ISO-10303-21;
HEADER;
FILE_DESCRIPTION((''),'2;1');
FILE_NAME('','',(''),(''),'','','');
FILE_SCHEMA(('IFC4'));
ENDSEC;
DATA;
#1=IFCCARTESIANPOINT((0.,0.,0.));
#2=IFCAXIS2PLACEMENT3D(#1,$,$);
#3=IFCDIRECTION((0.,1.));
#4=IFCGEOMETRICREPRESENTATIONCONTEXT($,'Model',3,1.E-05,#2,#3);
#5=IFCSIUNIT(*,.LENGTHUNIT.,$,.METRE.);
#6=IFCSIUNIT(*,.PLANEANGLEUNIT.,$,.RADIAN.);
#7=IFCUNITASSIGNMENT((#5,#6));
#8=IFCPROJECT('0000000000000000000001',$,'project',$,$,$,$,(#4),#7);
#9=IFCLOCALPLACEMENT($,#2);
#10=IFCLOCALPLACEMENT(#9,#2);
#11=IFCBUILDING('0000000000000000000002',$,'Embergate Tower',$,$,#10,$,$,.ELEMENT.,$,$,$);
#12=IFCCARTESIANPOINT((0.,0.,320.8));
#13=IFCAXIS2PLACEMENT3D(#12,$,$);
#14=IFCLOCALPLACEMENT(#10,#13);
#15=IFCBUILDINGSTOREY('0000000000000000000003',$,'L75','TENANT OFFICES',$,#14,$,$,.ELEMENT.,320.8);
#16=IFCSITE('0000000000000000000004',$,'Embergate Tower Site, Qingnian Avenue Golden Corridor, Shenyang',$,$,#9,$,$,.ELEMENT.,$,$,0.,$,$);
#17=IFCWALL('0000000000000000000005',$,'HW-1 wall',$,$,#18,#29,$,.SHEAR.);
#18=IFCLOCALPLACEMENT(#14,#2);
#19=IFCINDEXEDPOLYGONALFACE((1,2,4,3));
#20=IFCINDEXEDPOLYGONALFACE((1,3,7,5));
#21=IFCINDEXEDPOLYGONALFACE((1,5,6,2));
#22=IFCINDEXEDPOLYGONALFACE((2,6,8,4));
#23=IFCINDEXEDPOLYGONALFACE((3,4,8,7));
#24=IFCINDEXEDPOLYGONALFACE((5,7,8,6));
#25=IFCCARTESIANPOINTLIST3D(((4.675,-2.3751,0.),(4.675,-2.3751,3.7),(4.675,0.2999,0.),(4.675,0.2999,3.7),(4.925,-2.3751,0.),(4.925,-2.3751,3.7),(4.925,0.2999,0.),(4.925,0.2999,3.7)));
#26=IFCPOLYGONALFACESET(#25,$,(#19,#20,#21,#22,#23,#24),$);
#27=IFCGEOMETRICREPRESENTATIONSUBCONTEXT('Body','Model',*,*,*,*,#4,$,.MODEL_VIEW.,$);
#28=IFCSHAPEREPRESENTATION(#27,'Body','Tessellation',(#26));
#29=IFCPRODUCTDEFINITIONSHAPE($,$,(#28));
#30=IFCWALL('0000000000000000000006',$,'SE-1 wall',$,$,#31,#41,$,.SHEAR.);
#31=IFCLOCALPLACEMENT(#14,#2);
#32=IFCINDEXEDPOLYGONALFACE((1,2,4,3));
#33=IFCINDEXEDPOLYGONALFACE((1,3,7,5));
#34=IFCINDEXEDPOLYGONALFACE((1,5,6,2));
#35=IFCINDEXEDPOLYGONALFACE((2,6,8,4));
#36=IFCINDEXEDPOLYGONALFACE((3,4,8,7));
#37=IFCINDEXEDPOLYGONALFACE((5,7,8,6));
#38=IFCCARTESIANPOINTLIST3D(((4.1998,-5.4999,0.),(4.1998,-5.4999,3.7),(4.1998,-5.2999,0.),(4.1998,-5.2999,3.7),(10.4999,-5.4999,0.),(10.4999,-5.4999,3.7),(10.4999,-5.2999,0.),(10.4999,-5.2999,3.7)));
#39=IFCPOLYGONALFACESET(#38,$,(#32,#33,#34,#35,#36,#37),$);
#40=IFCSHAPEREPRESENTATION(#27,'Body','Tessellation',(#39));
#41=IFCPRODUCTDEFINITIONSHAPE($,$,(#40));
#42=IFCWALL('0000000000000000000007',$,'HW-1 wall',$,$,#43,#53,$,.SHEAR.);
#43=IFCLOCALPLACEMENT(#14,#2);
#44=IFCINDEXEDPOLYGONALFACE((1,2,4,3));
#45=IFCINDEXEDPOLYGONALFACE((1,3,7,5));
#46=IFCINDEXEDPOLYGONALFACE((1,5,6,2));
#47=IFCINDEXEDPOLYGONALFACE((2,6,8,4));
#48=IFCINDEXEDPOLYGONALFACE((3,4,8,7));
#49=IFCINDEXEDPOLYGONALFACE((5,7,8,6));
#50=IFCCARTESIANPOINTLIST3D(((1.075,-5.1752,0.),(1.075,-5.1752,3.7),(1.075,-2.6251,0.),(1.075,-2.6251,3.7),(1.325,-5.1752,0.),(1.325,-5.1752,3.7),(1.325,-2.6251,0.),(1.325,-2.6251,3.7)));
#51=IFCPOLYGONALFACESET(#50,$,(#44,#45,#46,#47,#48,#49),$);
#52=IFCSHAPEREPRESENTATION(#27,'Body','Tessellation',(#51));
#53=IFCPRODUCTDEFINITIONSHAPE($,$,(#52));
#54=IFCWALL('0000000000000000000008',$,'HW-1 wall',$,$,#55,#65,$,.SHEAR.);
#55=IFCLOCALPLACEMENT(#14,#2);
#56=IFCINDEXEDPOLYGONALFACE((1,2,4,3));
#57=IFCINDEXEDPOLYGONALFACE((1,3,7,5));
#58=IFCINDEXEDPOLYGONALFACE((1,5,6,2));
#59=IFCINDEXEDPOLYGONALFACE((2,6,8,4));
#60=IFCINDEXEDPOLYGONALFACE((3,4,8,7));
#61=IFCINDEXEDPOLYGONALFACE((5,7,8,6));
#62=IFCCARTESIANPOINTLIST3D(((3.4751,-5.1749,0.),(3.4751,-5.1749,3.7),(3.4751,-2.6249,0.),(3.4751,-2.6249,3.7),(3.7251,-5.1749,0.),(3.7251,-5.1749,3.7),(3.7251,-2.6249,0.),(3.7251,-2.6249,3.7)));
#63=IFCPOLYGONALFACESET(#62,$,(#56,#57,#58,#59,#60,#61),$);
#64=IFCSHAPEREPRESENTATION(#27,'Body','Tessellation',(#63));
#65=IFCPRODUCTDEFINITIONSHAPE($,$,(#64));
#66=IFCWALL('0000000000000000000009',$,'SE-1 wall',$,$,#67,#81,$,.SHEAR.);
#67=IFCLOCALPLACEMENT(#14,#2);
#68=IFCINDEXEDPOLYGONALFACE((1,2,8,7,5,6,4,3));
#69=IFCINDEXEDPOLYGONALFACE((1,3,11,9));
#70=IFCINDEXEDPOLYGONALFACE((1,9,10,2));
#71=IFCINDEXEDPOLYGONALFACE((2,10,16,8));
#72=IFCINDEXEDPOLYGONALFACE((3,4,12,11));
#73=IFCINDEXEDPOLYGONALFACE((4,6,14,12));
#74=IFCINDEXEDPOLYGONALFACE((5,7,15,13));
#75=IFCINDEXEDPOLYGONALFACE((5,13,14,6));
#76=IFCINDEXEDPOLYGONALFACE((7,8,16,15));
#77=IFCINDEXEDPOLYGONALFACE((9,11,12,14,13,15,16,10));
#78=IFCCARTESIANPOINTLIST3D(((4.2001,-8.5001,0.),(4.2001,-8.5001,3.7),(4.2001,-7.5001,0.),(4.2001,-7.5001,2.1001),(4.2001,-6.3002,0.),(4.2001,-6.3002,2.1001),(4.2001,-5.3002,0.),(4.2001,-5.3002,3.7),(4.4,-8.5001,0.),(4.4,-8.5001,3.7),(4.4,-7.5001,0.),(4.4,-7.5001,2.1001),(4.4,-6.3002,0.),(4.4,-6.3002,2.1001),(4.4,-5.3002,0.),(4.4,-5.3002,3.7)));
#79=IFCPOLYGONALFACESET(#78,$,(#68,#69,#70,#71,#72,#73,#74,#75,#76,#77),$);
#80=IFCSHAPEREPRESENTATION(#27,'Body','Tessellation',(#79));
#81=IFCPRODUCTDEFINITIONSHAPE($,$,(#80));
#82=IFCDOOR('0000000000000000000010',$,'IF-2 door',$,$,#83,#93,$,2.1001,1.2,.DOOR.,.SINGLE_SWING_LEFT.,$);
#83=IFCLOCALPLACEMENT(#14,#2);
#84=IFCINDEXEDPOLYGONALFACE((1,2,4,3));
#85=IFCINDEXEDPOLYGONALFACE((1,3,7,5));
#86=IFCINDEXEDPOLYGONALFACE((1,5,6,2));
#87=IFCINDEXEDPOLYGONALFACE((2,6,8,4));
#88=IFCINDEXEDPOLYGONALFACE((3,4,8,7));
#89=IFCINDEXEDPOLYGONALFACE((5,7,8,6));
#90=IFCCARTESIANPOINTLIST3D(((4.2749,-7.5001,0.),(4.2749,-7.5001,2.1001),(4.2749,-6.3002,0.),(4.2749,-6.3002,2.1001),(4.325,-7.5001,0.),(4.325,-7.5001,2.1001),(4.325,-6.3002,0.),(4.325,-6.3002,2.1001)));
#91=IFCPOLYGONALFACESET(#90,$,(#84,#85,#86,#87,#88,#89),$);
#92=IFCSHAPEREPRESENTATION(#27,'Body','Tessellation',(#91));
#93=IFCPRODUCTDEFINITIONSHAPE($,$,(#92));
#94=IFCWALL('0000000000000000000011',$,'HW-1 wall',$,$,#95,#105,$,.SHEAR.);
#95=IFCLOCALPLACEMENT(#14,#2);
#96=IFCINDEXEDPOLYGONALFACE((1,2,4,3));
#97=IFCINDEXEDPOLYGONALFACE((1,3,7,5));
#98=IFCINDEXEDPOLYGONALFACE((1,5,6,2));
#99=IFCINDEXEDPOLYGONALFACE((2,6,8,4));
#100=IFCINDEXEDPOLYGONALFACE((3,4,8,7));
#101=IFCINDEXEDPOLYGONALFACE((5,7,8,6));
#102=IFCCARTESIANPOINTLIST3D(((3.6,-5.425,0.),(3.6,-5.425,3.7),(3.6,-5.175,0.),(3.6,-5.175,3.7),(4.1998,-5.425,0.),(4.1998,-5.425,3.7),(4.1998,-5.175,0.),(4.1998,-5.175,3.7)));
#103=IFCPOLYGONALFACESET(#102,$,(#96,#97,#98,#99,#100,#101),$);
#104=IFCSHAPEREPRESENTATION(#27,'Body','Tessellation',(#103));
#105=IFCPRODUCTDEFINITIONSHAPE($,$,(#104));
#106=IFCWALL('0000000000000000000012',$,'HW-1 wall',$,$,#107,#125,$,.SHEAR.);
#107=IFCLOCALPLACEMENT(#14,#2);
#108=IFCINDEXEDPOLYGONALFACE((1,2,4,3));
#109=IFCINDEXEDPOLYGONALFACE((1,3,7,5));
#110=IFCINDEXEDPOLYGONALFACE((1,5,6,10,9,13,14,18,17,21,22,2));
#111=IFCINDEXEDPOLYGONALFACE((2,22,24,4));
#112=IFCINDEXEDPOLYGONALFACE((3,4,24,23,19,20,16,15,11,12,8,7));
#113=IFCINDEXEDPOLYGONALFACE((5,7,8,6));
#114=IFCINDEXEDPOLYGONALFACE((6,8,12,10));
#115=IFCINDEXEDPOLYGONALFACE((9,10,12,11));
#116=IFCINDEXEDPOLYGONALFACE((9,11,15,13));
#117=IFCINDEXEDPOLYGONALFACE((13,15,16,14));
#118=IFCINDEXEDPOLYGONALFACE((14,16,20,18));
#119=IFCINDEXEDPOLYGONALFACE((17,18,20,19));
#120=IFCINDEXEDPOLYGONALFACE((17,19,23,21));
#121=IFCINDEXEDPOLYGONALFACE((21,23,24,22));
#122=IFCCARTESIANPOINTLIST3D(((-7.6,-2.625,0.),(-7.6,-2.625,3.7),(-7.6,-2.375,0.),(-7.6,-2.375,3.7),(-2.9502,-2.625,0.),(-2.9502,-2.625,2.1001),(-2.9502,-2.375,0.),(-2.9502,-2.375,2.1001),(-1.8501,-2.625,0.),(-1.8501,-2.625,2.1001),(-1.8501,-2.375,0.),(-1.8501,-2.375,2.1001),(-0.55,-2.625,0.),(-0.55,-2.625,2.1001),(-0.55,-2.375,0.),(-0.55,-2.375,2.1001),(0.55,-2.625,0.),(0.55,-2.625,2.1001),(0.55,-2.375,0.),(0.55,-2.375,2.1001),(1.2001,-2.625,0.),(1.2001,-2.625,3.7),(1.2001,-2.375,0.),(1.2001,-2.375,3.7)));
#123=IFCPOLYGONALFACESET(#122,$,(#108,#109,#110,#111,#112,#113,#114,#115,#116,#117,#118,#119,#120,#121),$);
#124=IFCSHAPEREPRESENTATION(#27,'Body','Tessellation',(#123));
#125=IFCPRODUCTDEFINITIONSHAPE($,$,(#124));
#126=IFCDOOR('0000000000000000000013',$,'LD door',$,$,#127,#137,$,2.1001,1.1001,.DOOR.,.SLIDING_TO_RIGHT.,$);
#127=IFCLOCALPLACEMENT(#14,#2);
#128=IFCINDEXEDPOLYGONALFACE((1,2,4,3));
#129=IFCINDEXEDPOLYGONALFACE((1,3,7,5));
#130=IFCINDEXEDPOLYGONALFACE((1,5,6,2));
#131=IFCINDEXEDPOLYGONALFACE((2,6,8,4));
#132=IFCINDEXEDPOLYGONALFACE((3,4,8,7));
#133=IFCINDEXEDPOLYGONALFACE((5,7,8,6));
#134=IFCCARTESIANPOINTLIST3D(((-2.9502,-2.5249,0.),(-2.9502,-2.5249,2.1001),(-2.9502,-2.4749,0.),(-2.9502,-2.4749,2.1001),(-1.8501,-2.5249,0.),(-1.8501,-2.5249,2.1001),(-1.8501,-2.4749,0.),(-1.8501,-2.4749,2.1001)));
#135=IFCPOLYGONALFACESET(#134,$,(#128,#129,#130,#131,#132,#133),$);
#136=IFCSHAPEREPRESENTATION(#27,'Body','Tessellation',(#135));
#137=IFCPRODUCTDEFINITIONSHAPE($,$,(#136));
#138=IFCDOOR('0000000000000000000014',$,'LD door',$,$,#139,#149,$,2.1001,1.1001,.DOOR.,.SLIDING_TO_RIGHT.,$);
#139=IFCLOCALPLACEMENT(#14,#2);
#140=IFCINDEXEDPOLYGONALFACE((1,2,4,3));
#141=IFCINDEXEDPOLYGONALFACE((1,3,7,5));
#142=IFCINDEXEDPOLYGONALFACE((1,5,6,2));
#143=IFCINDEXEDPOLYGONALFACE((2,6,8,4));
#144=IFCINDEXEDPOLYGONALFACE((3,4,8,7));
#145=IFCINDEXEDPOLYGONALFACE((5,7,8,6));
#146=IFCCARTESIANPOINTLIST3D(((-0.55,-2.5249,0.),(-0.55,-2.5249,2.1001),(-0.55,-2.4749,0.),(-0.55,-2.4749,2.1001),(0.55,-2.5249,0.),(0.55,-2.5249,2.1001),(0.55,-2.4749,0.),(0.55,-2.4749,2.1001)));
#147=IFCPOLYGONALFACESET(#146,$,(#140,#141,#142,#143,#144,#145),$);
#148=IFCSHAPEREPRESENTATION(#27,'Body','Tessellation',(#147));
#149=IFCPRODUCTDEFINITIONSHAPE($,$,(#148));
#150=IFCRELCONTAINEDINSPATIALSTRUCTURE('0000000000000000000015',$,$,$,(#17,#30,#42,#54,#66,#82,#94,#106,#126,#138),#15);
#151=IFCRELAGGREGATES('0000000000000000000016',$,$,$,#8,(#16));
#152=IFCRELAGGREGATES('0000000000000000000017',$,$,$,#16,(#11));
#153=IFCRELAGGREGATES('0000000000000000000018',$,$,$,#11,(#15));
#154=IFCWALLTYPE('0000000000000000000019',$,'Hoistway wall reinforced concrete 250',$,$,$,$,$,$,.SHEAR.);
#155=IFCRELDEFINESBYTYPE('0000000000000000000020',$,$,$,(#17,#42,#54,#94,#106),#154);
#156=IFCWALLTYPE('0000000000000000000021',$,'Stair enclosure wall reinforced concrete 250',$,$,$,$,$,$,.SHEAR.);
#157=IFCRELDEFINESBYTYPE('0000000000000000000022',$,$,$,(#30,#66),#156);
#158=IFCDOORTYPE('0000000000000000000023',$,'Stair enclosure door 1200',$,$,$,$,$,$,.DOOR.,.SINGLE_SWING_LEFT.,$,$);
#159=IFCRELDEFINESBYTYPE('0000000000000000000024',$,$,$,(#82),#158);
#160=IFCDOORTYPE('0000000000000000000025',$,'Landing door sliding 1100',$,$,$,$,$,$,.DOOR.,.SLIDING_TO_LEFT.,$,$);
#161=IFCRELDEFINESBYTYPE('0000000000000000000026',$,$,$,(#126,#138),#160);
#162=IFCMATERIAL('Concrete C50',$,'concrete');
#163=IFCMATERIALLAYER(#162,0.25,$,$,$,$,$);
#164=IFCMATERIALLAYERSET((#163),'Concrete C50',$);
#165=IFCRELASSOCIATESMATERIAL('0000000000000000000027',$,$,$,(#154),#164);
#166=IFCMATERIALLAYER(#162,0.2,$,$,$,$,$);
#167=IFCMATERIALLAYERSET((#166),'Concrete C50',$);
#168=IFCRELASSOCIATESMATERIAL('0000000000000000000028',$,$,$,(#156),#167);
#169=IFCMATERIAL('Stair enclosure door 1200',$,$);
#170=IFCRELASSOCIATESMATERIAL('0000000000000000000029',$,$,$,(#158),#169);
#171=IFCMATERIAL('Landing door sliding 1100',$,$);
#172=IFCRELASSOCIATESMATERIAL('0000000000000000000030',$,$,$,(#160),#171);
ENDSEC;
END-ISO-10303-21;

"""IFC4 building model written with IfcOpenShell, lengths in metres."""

from ifc_helpers import new_model, si_unit, direction, frame, frame_2d, origin, place, context, subcontext, project, spatial, rectangle, extrude, source, transform, mapped, material, layer, layer_set, type_object, element, fill, save


model = new_model("IFC4")

# Units and contexts
model_context = context("Model", 3, precision=1e-05, world=origin(), true_north=direction((0.0, 1.0)))
body_context = subcontext(model_context, "Body", "Model", "MODEL_VIEW")
ifc_project = project(units=[si_unit("LENGTHUNIT", "METRE"), si_unit("PLANEANGLEUNIT", "RADIAN")], contexts=[model_context])

# Site, building, storey
site_placement = place(None, origin())
site = spatial("IfcSite", under=ifc_project, at=site_placement, Name="Embergate Tower Site, Qingnian Avenue Golden Corridor, Shenyang", CompositionType="ELEMENT", RefElevation=0.0)
building_placement = place(site_placement, origin())
building = spatial("IfcBuilding", under=site, at=building_placement, Name="Embergate Tower", CompositionType="ELEMENT")
storey_placement = place(building_placement, frame((0.0, 0.0, 320.8)))
storey = spatial("IfcBuildingStorey", under=building, at=storey_placement, Name="L75", Description="TENANT OFFICES", CompositionType="ELEMENT", Elevation=320.8)

# Walls
ifc_material_1 = material(Name="Concrete C50", Category="concrete")
ifc_layer_1 = layer(ifc_material_1, 0.25)
ifc_layer_set_1 = layer_set([ifc_layer_1], Name="Concrete C50")
wall_type_1 = type_object("IfcWallType", Name="Hoistway wall reinforced concrete 250", PredefinedType="SHEAR", material=ifc_layer_set_1)
shared_shape_1 = source(origin(), body_context, "Body", "SweptSolid", [
    extrude(rectangle(XDim=2.675, YDim=0.25, at=frame_2d((1.3374, 0.0))), origin(), (0.0, 0.0, 1.0), 3.7),
])
wall_1_placement = place(storey_placement, frame((4.8, -2.375, 0.0), z_axis=(0.0, 0.0, 1.0), x_axis=(0.0, 1.0, 0.0)))
element("IfcWall", 1, at=wall_1_placement, inside=storey, type_object=wall_type_1, Name="HW-1 wall", PredefinedType="SHEAR", context=body_context, shape_type="MappedRepresentation", body=[
    mapped(shared_shape_1, transform((0.0, 0.0, 0.0))),
])
ifc_layer_2 = layer(ifc_material_1, 0.2)
ifc_layer_set_2 = layer_set([ifc_layer_2], Name="Concrete C50")
wall_type_2 = type_object("IfcWallType", Name="Stair enclosure wall reinforced concrete 250", PredefinedType="SHEAR", material=ifc_layer_set_2)
shared_shape_2 = source(origin(), body_context, "Body", "SweptSolid", [
    extrude(rectangle(XDim=6.3, YDim=0.2, at=frame_2d((3.1499, 0.0))), origin(), (0.0, 0.0, 1.0), 3.7),
])
wall_2_placement = place(storey_placement, frame((4.2, -5.3999, 0.0), z_axis=(0.0, 0.0, 1.0), x_axis=(1.0, 0.0, 0.0)))
element("IfcWall", 2, at=wall_2_placement, inside=storey, type_object=wall_type_2, Name="SE-1 wall", PredefinedType="SHEAR", context=body_context, shape_type="MappedRepresentation", body=[
    mapped(shared_shape_2, transform((0.0, 0.0, 0.0))),
])
shared_shape_3 = source(origin(), body_context, "Body", "SweptSolid", [
    extrude(rectangle(XDim=2.55, YDim=0.25, at=frame_2d((1.2749, 0.0))), origin(), (0.0, 0.0, 1.0), 3.7),
])
for number, where, z_axis, x_axis, name in (
    (3, (1.2, -5.175, 0.0), (0.0, 0.0, 1.0), (0.0, 1.0, 0.0), "HW-1 wall"),
    (4, (3.6001, -2.625, 0.0), (0.0, 0.0, 1.0), (0.0, -1.0, 0.0), "HW-1 wall"),
):
    element("IfcWall", number, at=place(storey_placement, frame(where, z_axis=z_axis, x_axis=x_axis)), inside=storey, type_object=wall_type_1, Name=name, PredefinedType="SHEAR", context=body_context, shape_type="MappedRepresentation", body=[
        mapped(shared_shape_3, transform((0.0, 0.0, 0.0))),
    ])

# Wall, opening, door
shared_shape_4 = source(origin(), body_context, "Body", "SweptSolid", [
    extrude(rectangle(XDim=3.2, YDim=0.2, at=frame_2d((1.6001, 0.0))), origin(), (0.0, 0.0, 1.0), 3.7),
])
wall_3_placement = place(storey_placement, frame((4.3, -5.3, 0.0), z_axis=(0.0, 0.0, 1.0), x_axis=(0.0, -1.0, 0.0)))
wall_3 = element("IfcWall", 5, at=wall_3_placement, inside=storey, type_object=wall_type_2, Name="SE-1 wall", PredefinedType="SHEAR", context=body_context, shape_type="MappedRepresentation", body=[
    mapped(shared_shape_4, transform((0.0, 0.0, 0.0))),
])
shared_shape_5 = source(origin(), body_context, "Body", "SweptSolid", [
    extrude(rectangle(XDim=1.2, YDim=2.1001, at=frame_2d((0.6001, 1.05))), frame((0.0, 0.1099, 0.0), z_axis=(0.0, -1.0, 0.0), x_axis=(1.0, 0.0, 0.0)), (0.0, 0.0, 1.0), 0.22),
])
opening_1_placement = place(wall_3_placement, frame((1.0, 0.0, 0.0)))
opening_1 = element("IfcOpeningElement", 6, at=opening_1_placement, cuts=wall_3, PredefinedType="OPENING", context=body_context, shape_type="MappedRepresentation", body=[
    mapped(shared_shape_5, transform((0.0, 0.0, 0.0))),
])
ifc_material_2 = material(Name="Stair enclosure door 1200")
door_type_1 = type_object("IfcDoorType", Name="Stair enclosure door 1200", OperationType="SINGLE_SWING_LEFT", PredefinedType="DOOR", material=ifc_material_2)
shared_shape_6 = source(origin(), body_context, "Body", "SweptSolid", [
    extrude(rectangle(XDim=1.2, YDim=2.1001, at=frame_2d((0.6001, 1.05))), frame((0.0, 0.0249, 0.0), z_axis=(0.0, -1.0, 0.0), x_axis=(1.0, 0.0, 0.0)), (0.0, 0.0, 1.0), 0.05),
])
door_1_placement = place(opening_1_placement, origin())
door_1 = element("IfcDoor", 7, at=door_1_placement, inside=storey, type_object=door_type_1, Name="IF-2 door", OperationType="SINGLE_SWING_LEFT", OverallHeight=2.1001, OverallWidth=1.2, PredefinedType="DOOR", context=body_context, shape_type="MappedRepresentation", body=[
    mapped(shared_shape_6, transform((0.0, 0.0, 0.0))),
])
fill(opening_1, door_1)

# Wall
shared_shape_7 = source(origin(), body_context, "Body", "SweptSolid", [
    extrude(rectangle(XDim=0.5999, YDim=0.25, at=frame_2d((0.2998, 0.0))), origin(), (0.0, 0.0, 1.0), 3.7),
])
wall_4_placement = place(storey_placement, frame((3.6001, -5.3, 0.0), z_axis=(0.0, 0.0, 1.0), x_axis=(1.0, 0.0, 0.0)))
element("IfcWall", 8, at=wall_4_placement, inside=storey, type_object=wall_type_1, Name="HW-1 wall", PredefinedType="SHEAR", context=body_context, shape_type="MappedRepresentation", body=[
    mapped(shared_shape_7, transform((0.0, 0.0, 0.0))),
])

# Wall, openings, doors
shared_shape_8 = source(origin(), body_context, "Body", "SweptSolid", [
    extrude(rectangle(XDim=8.8, YDim=0.25, at=frame_2d((4.3999, 0.0))), origin(), (0.0, 0.0, 1.0), 3.7),
])
wall_5_placement = place(storey_placement, frame((1.2, -2.5, 0.0), z_axis=(0.0, 0.0, 1.0), x_axis=(-1.0, 0.0, 0.0)))
wall_5 = element("IfcWall", 9, at=wall_5_placement, inside=storey, type_object=wall_type_1, Name="HW-1 wall", PredefinedType="SHEAR", context=body_context, shape_type="MappedRepresentation", body=[
    mapped(shared_shape_8, transform((0.0, 0.0, 0.0))),
])
shared_shape_9 = source(origin(), body_context, "Body", "SweptSolid", [
    extrude(rectangle(XDim=1.1001, YDim=2.1001, at=frame_2d((0.55, 1.05))), frame((0.0, 0.135, 0.0), z_axis=(0.0, -1.0, 0.0), x_axis=(1.0, 0.0, 0.0)), (0.0, 0.0, 1.0), 0.27),
])
opening_2_placement = place(wall_5_placement, frame((3.05, 0.0, 0.0)))
opening_2 = element("IfcOpeningElement", 10, at=opening_2_placement, cuts=wall_5, PredefinedType="OPENING", context=body_context, shape_type="MappedRepresentation", body=[
    mapped(shared_shape_9, transform((0.0, 0.0, 0.0))),
])
opening_3_placement = place(wall_5_placement, frame((0.6499, 0.0, 0.0)))
opening_3 = element("IfcOpeningElement", 11, at=opening_3_placement, cuts=wall_5, PredefinedType="OPENING", context=body_context, shape_type="MappedRepresentation", body=[
    mapped(shared_shape_9, transform((0.0, 0.0, 0.0))),
])
ifc_material_3 = material(Name="Landing door sliding 1100")
door_type_2 = type_object("IfcDoorType", Name="Landing door sliding 1100", OperationType="SLIDING_TO_LEFT", PredefinedType="DOOR", material=ifc_material_3)
shared_shape_10 = source(origin(), body_context, "Body", "SweptSolid", [
    extrude(rectangle(XDim=1.1001, YDim=2.1001, at=frame_2d((0.55, 1.05))), frame((0.0, 0.0249, 0.0), z_axis=(0.0, -1.0, 0.0), x_axis=(1.0, 0.0, 0.0)), (0.0, 0.0, 1.0), 0.05),
])
door_2_placement = place(opening_2_placement, origin())
door_2 = element("IfcDoor", 12, at=door_2_placement, inside=storey, type_object=door_type_2, Name="LD door", OperationType="SLIDING_TO_RIGHT", OverallHeight=2.1001, OverallWidth=1.1001, PredefinedType="DOOR", context=body_context, shape_type="MappedRepresentation", body=[
    mapped(shared_shape_10, transform((0.0, 0.0, 0.0))),
])
fill(opening_2, door_2)
door_3_placement = place(opening_3_placement, origin())
door_3 = element("IfcDoor", 13, at=door_3_placement, inside=storey, type_object=door_type_2, Name="LD door", OperationType="SLIDING_TO_RIGHT", OverallHeight=2.1001, OverallWidth=1.1001, PredefinedType="DOOR", context=body_context, shape_type="MappedRepresentation", body=[
    mapped(shared_shape_10, transform((0.0, 0.0, 0.0))),
])
fill(opening_3, door_3)

save(model, "model.ifc")
